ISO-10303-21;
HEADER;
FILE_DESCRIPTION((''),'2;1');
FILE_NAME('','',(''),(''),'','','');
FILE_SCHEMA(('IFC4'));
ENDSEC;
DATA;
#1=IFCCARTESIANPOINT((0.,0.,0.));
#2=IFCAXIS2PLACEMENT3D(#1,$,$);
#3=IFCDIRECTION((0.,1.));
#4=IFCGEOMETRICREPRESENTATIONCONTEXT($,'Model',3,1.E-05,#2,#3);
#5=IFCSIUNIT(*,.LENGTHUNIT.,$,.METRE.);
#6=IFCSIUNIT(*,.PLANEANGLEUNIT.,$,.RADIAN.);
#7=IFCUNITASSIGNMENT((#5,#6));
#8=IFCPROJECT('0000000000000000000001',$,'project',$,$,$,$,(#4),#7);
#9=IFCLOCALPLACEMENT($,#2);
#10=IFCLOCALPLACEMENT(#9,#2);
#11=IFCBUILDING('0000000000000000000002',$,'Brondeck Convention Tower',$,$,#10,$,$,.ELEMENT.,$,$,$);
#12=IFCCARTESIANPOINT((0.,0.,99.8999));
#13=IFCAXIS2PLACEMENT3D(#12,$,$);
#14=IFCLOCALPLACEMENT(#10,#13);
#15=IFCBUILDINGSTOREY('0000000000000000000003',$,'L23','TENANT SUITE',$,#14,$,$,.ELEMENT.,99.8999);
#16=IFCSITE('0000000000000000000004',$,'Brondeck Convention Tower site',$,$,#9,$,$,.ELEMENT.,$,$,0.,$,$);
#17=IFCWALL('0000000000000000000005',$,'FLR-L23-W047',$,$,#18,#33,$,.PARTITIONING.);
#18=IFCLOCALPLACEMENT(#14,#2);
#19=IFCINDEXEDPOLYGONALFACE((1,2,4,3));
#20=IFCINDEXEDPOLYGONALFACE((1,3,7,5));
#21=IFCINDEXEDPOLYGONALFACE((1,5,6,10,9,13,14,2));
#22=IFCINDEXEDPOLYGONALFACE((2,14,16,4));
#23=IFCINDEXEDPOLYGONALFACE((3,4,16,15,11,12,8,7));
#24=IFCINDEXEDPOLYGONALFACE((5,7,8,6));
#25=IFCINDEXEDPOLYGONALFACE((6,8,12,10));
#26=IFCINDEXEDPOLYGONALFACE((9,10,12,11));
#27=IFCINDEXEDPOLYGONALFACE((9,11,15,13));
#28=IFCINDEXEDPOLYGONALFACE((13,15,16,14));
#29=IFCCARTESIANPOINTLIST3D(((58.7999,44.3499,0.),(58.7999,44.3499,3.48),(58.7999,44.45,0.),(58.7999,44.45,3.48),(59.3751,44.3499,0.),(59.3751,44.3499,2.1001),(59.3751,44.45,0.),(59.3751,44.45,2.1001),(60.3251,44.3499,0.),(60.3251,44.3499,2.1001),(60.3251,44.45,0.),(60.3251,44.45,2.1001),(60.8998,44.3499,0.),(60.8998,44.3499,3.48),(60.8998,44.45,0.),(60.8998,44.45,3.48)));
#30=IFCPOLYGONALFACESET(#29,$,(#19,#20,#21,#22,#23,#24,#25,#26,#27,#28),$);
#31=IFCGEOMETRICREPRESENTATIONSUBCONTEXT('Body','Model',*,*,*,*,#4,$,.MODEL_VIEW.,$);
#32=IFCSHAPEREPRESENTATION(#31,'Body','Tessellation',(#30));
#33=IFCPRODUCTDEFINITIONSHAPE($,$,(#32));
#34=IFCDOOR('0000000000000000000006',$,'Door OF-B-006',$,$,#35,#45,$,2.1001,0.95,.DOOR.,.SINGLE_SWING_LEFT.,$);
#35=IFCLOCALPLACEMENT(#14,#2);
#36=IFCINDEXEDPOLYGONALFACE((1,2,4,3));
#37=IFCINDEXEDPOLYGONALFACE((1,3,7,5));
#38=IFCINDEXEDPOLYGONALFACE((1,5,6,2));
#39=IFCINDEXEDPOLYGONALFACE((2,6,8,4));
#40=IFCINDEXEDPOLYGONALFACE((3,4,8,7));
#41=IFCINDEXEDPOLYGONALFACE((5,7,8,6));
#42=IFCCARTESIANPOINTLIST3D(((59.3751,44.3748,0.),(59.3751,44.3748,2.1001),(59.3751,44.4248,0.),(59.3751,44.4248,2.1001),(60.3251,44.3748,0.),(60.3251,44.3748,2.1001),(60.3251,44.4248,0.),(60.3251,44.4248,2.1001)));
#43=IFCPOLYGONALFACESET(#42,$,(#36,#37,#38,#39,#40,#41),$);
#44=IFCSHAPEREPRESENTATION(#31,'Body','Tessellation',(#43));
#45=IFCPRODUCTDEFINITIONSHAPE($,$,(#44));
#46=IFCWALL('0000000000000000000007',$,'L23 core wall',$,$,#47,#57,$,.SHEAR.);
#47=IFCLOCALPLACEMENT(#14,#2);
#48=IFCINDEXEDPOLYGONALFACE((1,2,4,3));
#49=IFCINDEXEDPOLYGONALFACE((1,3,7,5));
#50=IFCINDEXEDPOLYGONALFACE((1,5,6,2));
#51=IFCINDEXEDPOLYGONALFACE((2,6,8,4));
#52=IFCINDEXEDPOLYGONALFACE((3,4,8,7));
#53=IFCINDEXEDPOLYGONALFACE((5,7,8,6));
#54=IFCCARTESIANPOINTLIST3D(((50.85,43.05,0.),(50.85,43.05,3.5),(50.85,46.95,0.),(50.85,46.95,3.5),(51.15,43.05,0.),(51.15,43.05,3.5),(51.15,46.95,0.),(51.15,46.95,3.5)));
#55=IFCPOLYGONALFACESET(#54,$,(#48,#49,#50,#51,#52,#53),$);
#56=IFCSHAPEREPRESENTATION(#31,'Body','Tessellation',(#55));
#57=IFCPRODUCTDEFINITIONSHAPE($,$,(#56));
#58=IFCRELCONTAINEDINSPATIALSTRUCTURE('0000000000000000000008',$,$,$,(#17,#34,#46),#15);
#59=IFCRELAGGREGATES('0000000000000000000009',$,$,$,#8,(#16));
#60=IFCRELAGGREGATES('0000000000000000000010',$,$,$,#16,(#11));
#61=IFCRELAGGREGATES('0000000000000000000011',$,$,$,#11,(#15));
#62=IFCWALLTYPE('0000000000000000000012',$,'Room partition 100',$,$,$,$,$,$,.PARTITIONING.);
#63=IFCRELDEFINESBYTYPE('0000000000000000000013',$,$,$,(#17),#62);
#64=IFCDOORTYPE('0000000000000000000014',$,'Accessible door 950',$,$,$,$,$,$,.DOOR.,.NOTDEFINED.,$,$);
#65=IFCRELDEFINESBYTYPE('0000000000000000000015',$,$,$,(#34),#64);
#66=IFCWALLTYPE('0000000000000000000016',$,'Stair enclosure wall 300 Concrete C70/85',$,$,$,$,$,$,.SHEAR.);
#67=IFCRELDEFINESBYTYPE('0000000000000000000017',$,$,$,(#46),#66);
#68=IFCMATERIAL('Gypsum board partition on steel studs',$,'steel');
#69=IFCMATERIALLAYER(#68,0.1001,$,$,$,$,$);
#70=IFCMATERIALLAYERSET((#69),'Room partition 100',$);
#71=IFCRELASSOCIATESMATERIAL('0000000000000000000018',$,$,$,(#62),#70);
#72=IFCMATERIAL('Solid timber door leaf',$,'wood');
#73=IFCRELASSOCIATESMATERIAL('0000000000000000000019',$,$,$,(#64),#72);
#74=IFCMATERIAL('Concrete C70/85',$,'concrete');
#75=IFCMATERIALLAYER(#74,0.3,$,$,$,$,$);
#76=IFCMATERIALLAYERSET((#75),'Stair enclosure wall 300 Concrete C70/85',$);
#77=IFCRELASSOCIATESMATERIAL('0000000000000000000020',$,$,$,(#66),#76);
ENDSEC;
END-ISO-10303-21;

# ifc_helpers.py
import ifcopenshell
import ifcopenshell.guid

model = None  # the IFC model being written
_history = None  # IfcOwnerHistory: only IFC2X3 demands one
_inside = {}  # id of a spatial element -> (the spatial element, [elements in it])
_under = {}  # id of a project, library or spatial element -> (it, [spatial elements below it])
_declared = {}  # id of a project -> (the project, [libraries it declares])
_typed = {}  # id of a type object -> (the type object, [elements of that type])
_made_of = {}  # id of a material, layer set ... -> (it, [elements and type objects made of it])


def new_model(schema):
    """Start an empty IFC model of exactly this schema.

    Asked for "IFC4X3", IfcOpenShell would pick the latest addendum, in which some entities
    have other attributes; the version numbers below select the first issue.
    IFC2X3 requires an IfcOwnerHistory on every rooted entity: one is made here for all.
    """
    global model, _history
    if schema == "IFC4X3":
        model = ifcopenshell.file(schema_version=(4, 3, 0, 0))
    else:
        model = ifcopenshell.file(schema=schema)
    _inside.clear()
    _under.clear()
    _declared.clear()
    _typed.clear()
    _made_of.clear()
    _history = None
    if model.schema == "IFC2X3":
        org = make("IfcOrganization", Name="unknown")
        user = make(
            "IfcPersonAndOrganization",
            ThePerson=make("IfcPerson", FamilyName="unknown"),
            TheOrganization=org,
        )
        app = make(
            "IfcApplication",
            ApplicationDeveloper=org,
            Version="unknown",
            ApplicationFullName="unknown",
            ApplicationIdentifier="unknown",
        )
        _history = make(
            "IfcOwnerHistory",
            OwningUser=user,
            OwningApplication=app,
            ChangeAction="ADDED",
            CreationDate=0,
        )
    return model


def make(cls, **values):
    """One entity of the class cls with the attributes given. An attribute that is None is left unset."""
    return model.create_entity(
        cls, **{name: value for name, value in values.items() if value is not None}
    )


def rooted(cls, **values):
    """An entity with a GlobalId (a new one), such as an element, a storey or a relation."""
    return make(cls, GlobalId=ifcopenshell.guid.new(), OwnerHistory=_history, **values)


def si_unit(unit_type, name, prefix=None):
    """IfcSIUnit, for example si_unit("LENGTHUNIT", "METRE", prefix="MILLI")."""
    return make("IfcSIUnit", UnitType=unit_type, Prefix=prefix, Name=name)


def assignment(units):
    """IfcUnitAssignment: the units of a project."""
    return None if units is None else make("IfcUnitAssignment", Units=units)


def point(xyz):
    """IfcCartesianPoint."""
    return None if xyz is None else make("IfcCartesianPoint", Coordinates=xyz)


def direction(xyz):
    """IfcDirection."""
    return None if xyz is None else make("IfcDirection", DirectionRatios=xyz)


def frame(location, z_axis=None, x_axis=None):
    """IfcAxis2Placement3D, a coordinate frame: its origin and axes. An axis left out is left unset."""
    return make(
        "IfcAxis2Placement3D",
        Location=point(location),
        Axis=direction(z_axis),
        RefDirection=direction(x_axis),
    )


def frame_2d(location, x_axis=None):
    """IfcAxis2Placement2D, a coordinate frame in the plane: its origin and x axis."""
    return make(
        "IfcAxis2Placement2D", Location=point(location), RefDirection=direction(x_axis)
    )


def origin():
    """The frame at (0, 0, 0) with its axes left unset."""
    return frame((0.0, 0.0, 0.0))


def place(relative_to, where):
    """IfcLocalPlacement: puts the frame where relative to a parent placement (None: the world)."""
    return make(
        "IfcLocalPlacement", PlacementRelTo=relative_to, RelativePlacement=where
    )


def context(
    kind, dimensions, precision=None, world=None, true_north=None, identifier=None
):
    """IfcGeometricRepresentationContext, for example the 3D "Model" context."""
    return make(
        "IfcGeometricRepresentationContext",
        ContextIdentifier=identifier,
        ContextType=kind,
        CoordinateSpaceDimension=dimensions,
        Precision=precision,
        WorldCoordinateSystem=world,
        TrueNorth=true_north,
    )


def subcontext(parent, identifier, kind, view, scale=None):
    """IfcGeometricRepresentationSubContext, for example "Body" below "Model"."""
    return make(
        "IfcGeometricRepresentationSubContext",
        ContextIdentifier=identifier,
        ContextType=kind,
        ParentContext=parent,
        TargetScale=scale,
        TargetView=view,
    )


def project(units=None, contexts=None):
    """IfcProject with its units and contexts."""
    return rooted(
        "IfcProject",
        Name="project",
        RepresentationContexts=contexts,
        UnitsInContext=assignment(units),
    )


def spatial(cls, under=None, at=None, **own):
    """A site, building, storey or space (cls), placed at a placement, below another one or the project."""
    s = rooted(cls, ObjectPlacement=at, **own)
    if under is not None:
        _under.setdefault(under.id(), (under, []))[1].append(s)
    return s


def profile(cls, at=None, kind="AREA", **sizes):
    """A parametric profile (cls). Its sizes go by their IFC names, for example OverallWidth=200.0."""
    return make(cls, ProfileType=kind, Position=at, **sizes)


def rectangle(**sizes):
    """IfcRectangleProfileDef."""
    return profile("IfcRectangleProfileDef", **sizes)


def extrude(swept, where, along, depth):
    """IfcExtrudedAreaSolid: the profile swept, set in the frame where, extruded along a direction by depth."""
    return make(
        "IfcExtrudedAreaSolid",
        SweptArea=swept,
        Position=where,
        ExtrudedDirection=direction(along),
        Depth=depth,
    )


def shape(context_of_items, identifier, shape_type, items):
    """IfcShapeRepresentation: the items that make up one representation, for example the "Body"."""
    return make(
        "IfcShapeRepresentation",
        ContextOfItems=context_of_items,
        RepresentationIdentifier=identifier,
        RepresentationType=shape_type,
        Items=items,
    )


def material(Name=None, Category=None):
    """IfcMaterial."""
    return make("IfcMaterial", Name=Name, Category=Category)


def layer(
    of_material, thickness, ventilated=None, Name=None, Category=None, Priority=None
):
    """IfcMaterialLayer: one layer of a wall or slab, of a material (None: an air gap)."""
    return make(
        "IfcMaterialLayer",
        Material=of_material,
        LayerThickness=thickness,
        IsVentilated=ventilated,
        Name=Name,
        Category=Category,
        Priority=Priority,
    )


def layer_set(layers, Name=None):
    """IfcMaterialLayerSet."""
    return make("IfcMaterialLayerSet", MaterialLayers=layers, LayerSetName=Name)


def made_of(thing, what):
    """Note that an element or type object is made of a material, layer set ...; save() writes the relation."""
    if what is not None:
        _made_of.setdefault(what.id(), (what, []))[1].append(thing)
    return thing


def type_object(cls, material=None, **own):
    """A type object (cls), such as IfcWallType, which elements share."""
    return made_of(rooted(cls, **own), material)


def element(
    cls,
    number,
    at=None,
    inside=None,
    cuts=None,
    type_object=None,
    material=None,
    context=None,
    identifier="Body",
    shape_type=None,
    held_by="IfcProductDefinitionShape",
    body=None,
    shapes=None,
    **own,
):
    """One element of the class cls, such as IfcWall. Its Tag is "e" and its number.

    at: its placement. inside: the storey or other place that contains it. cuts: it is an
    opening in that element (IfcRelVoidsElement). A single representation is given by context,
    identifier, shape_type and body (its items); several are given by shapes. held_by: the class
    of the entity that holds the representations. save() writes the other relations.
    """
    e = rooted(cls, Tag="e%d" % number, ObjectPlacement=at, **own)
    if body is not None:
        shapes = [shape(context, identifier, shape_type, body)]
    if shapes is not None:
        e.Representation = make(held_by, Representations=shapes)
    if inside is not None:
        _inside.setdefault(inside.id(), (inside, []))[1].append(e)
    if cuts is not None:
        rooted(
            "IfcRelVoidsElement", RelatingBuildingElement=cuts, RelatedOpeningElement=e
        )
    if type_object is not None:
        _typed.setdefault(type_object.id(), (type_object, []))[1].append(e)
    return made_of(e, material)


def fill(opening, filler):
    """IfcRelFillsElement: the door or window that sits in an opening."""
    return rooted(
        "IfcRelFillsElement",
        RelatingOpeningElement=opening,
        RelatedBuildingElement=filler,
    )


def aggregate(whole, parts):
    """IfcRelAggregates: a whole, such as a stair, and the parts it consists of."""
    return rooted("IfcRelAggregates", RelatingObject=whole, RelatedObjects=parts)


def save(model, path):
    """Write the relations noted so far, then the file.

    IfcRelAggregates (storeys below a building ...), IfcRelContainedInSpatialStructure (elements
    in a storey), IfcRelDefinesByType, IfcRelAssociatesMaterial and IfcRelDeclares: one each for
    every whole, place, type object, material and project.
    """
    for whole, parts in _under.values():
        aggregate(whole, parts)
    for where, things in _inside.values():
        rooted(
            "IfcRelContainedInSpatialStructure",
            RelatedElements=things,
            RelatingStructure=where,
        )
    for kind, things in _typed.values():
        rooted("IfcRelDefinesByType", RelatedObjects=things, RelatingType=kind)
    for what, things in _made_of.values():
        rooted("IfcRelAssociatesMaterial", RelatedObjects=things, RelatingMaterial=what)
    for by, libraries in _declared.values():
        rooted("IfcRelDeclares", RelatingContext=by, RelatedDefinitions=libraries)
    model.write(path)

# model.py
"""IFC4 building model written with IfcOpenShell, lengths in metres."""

from ifc_helpers import new_model, si_unit, direction, frame, frame_2d, origin, place, context, subcontext, project, spatial, rectangle, extrude, material, layer, layer_set, type_object, element, fill, save


model = new_model("IFC4")

# Units and contexts
model_context = context("Model", 3, precision=1e-05, world=origin(), true_north=direction((0.0, 1.0)))
body_context = subcontext(model_context, "Body", "Model", "MODEL_VIEW")
ifc_project = project(units=[si_unit("LENGTHUNIT", "METRE"), si_unit("PLANEANGLEUNIT", "RADIAN")], contexts=[model_context])

# Site, building, storey
site_placement = place(None, origin())
site = spatial("IfcSite", under=ifc_project, at=site_placement, Name="Brondeck Convention Tower site", CompositionType="ELEMENT", RefElevation=0.0)
building_placement = place(site_placement, origin())
building = spatial("IfcBuilding", under=site, at=building_placement, Name="Brondeck Convention Tower", CompositionType="ELEMENT")
storey_placement = place(building_placement, frame((0.0, 0.0, 99.8999)))
storey = spatial("IfcBuildingStorey", under=building, at=storey_placement, Name="L23", Description="TENANT SUITE", CompositionType="ELEMENT", Elevation=99.8999)

# Shared definitions
ifc_material_1 = material(Name="Concrete C70/85", Category="concrete")

# Shared definitions
ifc_material_2 = material(Name="Gypsum board partition on steel studs", Category="steel")
ifc_layer_1 = layer(ifc_material_2, 0.1001)
ifc_layer_set_1 = layer_set([ifc_layer_1], Name="Room partition 100")
wall_type_1 = type_object("IfcWallType", Name="Room partition 100", PredefinedType="PARTITIONING", material=ifc_layer_set_1)

# Shared definitions
ifc_material_3 = material(Name="Solid timber door leaf", Category="wood")

# Wall, opening, door
wall_1_placement = place(storey_placement, frame((58.8, 44.3999, 0.0), z_axis=(0.0, 0.0, 1.0), x_axis=(1.0, 0.0, 0.0)))
wall_1 = element("IfcWall", 1, at=wall_1_placement, inside=storey, type_object=wall_type_1, Name="FLR-L23-W047", PredefinedType="PARTITIONING", context=body_context, shape_type="SweptSolid", body=[
    extrude(rectangle(XDim=2.0999, YDim=0.1001, at=frame_2d((1.0498, 0.0))), origin(), (0.0, 0.0, 1.0), 3.48),
])
opening_1_placement = place(wall_1_placement, frame((0.575, 0.0, 0.0)))
opening_1 = element("IfcOpeningElement", 2, at=opening_1_placement, cuts=wall_1, PredefinedType="OPENING", context=body_context, shape_type="SweptSolid", body=[
    extrude(rectangle(XDim=0.95, YDim=2.1001, at=frame_2d((0.4751, 1.05))), frame((0.0, 0.0601, 0.0), z_axis=(0.0, -1.0, 0.0), x_axis=(1.0, 0.0, 0.0)), (0.0, 0.0, 1.0), 0.1201),
])
door_type_1 = type_object("IfcDoorType", Name="Accessible door 950", OperationType="NOTDEFINED", PredefinedType="DOOR", material=ifc_material_3)
door_1_placement = place(opening_1_placement, origin())
door_1 = element("IfcDoor", 3, at=door_1_placement, inside=storey, type_object=door_type_1, Name="Door OF-B-006", OperationType="SINGLE_SWING_LEFT", OverallHeight=2.1001, OverallWidth=0.95, PredefinedType="DOOR", context=body_context, shape_type="SweptSolid", body=[
    extrude(rectangle(XDim=0.95, YDim=2.1001, at=frame_2d((0.4751, 1.05))), frame((0.0, 0.0249, 0.0), z_axis=(0.0, -1.0, 0.0), x_axis=(1.0, 0.0, 0.0)), (0.0, 0.0, 1.0), 0.05),
])
fill(opening_1, door_1)

# Wall
ifc_layer_2 = layer(ifc_material_1, 0.3)
ifc_layer_set_2 = layer_set([ifc_layer_2], Name="Stair enclosure wall 300 Concrete C70/85")
wall_type_2 = type_object("IfcWallType", Name="Stair enclosure wall 300 Concrete C70/85", PredefinedType="SHEAR", material=ifc_layer_set_2)
wall_2_placement = place(storey_placement, frame((51.0, 43.05, 0.0), z_axis=(0.0, 0.0, 1.0), x_axis=(0.0, 1.0, 0.0)))
element("IfcWall", 4, at=wall_2_placement, inside=storey, type_object=wall_type_2, Name="L23 core wall", PredefinedType="SHEAR", context=body_context, shape_type="SweptSolid", body=[
    extrude(rectangle(XDim=3.8999, YDim=0.3, at=frame_2d((1.95, 0.0))), origin(), (0.0, 0.0, 1.0), 3.5),
])

save(model, "model.ifc")
